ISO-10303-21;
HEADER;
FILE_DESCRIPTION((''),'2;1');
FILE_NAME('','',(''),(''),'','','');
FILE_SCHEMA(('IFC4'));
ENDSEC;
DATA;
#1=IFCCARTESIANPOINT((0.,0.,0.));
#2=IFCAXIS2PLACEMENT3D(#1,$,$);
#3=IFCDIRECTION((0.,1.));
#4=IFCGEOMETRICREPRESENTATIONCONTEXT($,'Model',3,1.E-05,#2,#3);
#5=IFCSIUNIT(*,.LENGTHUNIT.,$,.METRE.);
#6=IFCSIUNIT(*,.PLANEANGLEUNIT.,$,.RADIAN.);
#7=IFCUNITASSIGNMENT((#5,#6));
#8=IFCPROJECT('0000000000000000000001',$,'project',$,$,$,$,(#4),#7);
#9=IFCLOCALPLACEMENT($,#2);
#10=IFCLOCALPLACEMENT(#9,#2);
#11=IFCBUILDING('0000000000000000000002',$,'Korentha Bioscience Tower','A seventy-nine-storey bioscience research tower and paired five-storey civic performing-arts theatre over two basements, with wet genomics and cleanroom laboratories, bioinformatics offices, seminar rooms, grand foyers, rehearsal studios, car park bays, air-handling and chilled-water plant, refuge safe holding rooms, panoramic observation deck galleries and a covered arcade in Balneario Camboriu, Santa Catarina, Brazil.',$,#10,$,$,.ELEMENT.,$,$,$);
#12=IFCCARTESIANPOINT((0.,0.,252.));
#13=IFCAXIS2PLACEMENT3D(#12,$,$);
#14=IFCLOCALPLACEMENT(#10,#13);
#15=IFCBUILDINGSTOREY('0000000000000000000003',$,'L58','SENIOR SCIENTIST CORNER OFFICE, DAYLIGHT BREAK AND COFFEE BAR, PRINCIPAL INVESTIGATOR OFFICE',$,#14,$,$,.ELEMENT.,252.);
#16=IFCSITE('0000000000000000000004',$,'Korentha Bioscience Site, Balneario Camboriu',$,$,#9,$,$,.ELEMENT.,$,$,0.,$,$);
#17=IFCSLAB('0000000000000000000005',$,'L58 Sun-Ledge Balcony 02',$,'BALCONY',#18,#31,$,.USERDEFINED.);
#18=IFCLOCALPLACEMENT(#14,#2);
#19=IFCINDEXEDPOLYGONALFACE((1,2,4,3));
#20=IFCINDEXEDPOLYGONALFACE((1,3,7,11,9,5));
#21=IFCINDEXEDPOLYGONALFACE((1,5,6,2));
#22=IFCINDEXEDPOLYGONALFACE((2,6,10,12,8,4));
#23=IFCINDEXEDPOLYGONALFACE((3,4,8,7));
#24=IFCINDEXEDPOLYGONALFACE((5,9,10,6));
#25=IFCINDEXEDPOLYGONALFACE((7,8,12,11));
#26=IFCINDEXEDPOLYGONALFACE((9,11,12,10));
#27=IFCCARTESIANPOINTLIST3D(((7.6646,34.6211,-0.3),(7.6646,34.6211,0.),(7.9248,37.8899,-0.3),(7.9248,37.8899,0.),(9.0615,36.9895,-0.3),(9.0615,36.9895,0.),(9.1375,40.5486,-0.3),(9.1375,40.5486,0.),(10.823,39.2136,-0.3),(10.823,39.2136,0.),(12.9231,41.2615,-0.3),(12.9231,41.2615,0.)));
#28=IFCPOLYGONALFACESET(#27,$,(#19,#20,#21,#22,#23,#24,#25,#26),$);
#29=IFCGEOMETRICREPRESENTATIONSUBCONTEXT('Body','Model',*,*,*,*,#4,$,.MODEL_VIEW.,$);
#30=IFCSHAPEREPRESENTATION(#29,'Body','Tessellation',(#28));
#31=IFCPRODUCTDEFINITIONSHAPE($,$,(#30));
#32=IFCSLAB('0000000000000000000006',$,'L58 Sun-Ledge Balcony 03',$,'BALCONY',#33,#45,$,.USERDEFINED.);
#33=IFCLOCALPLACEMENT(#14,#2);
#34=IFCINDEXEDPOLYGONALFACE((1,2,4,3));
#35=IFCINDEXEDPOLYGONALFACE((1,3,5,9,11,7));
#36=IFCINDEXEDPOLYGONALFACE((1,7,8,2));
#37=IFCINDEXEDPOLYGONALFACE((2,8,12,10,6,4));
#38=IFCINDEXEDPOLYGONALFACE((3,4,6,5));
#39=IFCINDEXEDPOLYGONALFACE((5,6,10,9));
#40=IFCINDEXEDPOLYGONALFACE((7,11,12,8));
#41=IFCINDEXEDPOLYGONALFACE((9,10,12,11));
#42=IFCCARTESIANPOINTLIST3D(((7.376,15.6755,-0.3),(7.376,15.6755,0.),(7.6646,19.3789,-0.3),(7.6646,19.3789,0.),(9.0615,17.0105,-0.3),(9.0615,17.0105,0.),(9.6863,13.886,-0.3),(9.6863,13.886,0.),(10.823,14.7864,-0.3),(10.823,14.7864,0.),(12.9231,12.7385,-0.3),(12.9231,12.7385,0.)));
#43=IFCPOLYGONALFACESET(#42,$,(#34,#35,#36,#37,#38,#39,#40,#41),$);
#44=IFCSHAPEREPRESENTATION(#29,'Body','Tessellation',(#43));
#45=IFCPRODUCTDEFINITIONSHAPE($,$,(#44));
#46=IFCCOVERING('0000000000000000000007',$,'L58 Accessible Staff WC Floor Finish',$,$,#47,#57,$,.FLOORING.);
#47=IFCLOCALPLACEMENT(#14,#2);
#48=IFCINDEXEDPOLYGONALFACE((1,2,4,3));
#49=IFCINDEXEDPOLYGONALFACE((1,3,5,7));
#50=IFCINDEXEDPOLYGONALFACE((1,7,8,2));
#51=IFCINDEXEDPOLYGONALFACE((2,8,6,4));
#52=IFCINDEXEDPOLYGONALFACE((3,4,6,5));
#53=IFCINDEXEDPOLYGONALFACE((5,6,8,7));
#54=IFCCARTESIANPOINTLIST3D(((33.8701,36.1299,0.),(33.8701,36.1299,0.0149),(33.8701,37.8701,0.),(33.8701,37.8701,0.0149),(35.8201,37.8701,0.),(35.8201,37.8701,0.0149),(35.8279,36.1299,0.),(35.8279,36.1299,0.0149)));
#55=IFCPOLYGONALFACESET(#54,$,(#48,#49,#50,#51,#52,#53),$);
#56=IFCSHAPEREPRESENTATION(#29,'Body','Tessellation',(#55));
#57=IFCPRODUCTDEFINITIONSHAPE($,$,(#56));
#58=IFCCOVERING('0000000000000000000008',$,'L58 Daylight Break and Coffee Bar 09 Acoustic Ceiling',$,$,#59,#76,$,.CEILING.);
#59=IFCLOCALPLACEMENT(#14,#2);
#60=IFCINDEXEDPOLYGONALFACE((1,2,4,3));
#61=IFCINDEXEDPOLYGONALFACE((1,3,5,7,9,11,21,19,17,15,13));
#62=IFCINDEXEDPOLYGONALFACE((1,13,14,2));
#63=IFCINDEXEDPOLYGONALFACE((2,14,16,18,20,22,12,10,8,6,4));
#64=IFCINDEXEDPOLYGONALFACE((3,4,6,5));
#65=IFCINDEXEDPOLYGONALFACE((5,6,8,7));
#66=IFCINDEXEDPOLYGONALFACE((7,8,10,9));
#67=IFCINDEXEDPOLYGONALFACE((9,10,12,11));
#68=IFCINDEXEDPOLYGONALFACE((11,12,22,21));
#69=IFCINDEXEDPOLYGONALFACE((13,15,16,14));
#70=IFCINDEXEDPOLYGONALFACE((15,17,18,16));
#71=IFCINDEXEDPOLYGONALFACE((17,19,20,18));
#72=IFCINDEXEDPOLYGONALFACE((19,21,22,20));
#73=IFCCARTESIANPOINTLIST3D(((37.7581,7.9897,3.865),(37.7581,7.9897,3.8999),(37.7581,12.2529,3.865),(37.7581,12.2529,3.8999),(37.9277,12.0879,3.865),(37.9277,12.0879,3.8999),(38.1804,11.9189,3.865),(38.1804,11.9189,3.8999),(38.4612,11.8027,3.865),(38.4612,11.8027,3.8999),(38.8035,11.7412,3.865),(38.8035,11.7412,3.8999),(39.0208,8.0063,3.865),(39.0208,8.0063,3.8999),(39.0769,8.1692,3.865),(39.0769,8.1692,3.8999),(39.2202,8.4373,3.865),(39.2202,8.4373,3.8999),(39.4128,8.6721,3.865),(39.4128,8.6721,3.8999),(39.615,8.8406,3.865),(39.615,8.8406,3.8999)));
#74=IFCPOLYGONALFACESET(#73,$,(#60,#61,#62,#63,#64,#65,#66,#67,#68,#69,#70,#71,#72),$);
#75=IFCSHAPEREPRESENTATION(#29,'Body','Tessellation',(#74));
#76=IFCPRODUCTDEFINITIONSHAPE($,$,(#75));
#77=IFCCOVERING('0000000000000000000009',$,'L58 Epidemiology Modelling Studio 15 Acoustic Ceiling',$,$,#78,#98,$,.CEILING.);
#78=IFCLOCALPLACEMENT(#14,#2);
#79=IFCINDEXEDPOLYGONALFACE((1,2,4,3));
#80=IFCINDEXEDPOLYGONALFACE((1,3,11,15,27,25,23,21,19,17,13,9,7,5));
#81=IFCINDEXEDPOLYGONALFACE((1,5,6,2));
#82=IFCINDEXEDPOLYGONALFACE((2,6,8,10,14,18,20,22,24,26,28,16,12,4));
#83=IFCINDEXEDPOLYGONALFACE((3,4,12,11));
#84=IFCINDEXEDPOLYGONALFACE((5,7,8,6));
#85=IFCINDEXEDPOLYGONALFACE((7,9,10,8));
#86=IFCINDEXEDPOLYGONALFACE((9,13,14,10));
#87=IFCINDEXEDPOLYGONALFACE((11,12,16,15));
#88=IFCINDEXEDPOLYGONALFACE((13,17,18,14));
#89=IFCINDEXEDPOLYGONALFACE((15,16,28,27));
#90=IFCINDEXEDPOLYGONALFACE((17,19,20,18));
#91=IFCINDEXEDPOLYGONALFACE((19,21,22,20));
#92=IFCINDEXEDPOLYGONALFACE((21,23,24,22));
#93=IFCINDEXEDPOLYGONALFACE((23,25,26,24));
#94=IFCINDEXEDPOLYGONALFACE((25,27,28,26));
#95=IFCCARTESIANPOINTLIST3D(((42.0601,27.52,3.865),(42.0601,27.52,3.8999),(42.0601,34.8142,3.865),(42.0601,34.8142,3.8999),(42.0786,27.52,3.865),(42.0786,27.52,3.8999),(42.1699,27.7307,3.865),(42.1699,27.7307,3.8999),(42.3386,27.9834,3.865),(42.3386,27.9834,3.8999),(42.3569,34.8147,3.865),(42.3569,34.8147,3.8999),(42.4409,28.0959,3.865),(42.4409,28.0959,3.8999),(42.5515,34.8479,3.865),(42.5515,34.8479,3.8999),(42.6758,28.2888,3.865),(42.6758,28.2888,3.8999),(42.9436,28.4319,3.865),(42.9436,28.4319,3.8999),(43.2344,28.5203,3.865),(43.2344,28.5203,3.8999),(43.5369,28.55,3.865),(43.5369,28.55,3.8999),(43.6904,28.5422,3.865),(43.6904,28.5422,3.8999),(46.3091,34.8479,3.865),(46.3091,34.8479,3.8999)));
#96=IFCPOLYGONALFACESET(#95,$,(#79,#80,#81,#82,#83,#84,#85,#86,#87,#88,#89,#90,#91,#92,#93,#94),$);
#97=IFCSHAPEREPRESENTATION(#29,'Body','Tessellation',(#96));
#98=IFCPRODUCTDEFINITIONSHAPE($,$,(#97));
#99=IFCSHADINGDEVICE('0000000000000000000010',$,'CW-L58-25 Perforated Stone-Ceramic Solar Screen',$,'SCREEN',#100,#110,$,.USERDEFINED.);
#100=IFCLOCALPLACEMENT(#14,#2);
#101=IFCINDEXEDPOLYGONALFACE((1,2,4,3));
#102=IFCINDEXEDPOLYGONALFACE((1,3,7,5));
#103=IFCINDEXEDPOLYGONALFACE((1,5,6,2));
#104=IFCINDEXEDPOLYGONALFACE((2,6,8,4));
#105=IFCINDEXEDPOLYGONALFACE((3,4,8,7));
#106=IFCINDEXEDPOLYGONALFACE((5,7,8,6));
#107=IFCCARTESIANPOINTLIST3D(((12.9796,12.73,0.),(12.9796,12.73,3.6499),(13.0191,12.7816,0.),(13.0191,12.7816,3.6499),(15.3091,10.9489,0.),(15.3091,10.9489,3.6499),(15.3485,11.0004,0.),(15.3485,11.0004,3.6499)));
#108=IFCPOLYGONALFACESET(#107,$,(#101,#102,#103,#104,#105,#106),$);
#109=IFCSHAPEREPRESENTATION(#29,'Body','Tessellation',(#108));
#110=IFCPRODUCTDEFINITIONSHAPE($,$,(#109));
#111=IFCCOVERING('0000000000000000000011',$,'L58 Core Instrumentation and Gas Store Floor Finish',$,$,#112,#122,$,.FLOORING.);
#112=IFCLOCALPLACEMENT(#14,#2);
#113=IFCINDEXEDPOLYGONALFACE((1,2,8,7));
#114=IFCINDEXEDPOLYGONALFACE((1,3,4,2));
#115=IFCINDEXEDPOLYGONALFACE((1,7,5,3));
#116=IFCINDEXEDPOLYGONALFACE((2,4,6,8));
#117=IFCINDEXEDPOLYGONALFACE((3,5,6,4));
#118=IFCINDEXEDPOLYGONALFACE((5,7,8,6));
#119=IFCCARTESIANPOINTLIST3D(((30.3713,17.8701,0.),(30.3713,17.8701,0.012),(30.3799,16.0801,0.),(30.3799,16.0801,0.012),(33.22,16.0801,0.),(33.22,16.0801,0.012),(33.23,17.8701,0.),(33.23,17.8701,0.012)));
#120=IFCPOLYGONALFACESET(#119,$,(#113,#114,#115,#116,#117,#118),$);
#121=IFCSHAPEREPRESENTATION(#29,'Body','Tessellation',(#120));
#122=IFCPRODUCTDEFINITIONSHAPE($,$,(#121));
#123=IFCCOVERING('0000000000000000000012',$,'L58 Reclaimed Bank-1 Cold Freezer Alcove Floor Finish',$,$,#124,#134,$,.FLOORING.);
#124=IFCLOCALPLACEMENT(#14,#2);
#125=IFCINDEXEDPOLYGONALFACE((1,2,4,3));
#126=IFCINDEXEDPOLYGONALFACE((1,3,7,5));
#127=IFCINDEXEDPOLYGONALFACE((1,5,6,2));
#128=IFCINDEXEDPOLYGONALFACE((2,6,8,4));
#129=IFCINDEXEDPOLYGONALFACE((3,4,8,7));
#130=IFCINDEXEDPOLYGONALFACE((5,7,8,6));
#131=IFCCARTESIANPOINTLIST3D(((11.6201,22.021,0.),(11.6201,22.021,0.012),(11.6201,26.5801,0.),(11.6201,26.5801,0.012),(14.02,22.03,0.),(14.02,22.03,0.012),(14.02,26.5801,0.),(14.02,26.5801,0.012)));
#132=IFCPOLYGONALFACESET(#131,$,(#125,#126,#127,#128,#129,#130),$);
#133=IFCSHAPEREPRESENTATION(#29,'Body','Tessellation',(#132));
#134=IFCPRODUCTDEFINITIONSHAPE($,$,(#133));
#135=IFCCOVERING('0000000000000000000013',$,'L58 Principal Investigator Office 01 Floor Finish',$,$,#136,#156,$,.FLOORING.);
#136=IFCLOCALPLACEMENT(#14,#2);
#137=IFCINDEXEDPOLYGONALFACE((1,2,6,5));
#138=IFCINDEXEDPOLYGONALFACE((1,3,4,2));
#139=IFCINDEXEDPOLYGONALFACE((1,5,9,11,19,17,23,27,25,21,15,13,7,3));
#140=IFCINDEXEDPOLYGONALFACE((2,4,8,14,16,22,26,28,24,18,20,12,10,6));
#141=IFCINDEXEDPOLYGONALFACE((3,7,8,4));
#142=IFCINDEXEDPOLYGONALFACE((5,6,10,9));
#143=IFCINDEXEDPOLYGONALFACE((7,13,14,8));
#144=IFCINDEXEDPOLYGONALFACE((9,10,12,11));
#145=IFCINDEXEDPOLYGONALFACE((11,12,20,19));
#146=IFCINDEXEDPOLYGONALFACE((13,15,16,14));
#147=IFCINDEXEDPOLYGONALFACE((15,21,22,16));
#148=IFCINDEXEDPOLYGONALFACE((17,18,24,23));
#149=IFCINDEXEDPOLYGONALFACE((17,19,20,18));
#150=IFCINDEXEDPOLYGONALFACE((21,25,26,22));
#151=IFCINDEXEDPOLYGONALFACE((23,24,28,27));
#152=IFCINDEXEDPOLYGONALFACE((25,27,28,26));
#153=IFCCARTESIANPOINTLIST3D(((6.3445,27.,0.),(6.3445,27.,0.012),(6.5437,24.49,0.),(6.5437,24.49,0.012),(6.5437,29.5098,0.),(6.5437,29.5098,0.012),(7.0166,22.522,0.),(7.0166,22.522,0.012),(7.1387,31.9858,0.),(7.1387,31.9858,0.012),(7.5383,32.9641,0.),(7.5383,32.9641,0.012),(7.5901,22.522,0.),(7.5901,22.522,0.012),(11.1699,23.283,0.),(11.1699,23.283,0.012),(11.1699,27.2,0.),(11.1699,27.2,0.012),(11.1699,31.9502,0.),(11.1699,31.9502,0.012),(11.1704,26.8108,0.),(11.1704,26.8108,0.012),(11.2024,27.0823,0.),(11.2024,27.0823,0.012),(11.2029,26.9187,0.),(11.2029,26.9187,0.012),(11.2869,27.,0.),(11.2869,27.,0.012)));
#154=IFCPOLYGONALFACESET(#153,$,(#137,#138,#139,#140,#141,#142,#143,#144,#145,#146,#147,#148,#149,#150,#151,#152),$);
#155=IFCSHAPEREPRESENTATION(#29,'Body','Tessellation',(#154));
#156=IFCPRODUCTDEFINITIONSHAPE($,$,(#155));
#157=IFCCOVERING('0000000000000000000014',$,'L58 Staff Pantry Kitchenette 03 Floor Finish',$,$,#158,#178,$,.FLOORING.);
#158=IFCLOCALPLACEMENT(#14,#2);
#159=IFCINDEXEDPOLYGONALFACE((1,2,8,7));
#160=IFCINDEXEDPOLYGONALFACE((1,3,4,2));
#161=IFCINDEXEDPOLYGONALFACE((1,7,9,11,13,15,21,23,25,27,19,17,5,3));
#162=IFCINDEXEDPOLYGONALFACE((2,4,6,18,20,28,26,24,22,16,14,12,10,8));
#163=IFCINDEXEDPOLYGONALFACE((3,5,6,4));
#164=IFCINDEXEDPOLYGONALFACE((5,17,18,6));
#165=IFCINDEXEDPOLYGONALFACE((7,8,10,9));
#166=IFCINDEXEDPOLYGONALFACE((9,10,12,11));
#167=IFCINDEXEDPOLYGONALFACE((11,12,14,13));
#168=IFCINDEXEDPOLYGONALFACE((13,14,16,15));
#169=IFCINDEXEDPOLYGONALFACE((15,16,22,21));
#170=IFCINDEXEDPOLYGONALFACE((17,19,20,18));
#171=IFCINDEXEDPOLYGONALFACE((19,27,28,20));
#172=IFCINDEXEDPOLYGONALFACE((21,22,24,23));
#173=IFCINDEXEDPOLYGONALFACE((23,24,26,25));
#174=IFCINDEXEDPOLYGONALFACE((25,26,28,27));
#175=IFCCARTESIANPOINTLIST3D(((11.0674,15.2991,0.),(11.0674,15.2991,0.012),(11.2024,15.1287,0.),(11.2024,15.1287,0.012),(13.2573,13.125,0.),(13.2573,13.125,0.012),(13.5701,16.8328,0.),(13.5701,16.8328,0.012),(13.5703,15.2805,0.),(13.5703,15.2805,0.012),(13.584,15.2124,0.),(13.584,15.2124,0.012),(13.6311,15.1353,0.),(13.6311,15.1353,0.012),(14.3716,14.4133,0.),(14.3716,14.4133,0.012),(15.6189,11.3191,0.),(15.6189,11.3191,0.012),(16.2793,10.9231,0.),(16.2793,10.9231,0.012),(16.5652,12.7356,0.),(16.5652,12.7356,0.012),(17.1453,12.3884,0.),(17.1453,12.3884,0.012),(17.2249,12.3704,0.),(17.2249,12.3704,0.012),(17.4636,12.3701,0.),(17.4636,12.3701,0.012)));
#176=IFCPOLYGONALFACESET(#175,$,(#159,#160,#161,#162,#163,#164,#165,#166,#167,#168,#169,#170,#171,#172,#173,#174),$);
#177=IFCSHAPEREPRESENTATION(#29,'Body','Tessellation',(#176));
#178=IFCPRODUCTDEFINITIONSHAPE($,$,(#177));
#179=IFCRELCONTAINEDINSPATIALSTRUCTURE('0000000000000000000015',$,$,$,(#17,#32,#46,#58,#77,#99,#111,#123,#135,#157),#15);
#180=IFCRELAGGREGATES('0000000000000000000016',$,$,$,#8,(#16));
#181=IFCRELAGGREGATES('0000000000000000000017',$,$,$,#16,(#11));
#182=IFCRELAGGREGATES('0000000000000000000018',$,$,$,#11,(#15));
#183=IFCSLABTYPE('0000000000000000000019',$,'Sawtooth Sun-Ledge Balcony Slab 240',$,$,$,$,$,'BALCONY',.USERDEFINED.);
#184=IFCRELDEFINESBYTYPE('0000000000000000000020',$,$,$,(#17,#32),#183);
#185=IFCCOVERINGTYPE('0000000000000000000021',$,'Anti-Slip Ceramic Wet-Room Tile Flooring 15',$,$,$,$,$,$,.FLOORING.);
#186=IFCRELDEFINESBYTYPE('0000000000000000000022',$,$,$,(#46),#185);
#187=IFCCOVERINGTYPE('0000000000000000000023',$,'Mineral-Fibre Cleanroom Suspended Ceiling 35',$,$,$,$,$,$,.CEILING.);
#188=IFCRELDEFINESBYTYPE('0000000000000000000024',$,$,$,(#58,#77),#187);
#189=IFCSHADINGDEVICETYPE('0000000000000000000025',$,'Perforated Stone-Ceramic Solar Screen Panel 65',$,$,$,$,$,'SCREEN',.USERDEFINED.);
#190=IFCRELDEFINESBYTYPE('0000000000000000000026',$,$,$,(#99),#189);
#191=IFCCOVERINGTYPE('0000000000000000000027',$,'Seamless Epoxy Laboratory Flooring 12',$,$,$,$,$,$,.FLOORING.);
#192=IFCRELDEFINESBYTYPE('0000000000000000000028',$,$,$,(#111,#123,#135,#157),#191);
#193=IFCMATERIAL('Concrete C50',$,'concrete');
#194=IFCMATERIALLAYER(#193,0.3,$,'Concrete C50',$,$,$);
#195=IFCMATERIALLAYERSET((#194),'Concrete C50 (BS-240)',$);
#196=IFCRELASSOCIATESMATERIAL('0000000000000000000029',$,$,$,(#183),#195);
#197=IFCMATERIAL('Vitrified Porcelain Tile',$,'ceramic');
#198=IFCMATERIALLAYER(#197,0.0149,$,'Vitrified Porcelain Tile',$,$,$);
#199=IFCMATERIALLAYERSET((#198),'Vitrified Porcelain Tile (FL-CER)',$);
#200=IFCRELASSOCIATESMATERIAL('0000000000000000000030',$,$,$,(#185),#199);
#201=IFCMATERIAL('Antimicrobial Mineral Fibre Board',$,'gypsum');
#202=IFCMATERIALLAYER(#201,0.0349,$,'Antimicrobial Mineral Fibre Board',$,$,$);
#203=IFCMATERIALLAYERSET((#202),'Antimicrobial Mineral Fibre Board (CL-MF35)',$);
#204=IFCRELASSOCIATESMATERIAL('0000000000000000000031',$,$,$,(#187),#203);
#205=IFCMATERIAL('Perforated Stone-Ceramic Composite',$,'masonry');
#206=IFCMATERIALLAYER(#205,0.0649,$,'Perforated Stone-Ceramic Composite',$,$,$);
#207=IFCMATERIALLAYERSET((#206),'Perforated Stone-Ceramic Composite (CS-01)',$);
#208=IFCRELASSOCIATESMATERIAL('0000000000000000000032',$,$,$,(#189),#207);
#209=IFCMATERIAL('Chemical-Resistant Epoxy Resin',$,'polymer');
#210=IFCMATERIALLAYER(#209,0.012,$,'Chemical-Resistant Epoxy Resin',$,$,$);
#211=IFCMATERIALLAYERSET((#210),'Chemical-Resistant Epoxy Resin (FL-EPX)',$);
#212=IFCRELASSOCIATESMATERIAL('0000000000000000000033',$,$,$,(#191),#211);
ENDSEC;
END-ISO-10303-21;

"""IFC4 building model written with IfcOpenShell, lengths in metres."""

from ifc_helpers import new_model, si_unit, direction, frame, origin, origin_2d, place, context, subcontext, project, spatial, polyline, rectangle, outline, extrude, material, layer, layer_set, type_object, element, save


model = new_model("IFC4")

# Units and contexts
model_context = context("Model", 3, precision=1e-05, world=origin(), true_north=direction((0.0, 1.0)))
body_context = subcontext(model_context, "Body", "Model", "MODEL_VIEW")
ifc_project = project(units=[si_unit("LENGTHUNIT", "METRE"), si_unit("PLANEANGLEUNIT", "RADIAN")], contexts=[model_context])

# Site, building, storey
site_placement = place(None, origin())
site = spatial("IfcSite", under=ifc_project, at=site_placement, Name="Korentha Bioscience Site, Balneario Camboriu", CompositionType="ELEMENT", RefElevation=0.0)
building_placement = place(site_placement, origin())
building = spatial("IfcBuilding", under=site, at=building_placement, Name="Korentha Bioscience Tower", Description="A seventy-nine-storey bioscience research tower and paired five-storey civic performing-arts theatre over two basements, with wet genomics and cleanroom laboratories, bioinformatics offices, seminar rooms, grand foyers, rehearsal studios, car park bays, air-handling and chilled-water plant, refuge safe holding rooms, panoramic observation deck galleries and a covered arcade in Balneario Camboriu, Santa Catarina, Brazil.", CompositionType="ELEMENT")
storey_placement = place(building_placement, frame((0.0, 0.0, 252.0)))
storey = spatial("IfcBuildingStorey", under=building, at=storey_placement, Name="L58", Description="SENIOR SCIENTIST CORNER OFFICE, DAYLIGHT BREAK AND COFFEE BAR, PRINCIPAL INVESTIGATOR OFFICE", CompositionType="ELEMENT", Elevation=252.0)

# Shared definitions
ifc_material_1 = material(Name="Concrete C50", Category="concrete")

# Slabs
ifc_layer_1 = layer(ifc_material_1, 0.3, Name="Concrete C50")
ifc_layer_set_1 = layer_set([ifc_layer_1], Name="Concrete C50 (BS-240)")
slab_type_1 = type_object("IfcSlabType", Name="Sawtooth Sun-Ledge Balcony Slab 240", ElementType="BALCONY", PredefinedType="USERDEFINED", material=ifc_layer_set_1)
slab_1_placement = place(storey_placement, frame((0.0, 0.0, -0.3)))
element("IfcSlab", 1, at=slab_1_placement, inside=storey, type_object=slab_type_1, Name="L58 Sun-Ledge Balcony 02", ObjectType="BALCONY", PredefinedType="USERDEFINED", context=body_context, shape_type="SweptSolid", body=[
    extrude(outline(polyline([(7.6646, 34.6211), (9.0615, 36.9895), (10.823, 39.2136), (12.9231, 41.2615), (9.1375, 40.5486), (7.9248, 37.8899), (7.6646, 34.6211)])), origin(), (0.0, 0.0, 1.0), 0.3),
])
slab_2_placement = place(storey_placement, frame((0.0, 0.0, -0.3)))
element("IfcSlab", 2, at=slab_2_placement, inside=storey, type_object=slab_type_1, Name="L58 Sun-Ledge Balcony 03", ObjectType="BALCONY", PredefinedType="USERDEFINED", context=body_context, shape_type="SweptSolid", body=[
    extrude(outline(polyline([(12.9231, 12.7385), (10.823, 14.7864), (9.0615, 17.0105), (7.6646, 19.3789), (7.376, 15.6755), (9.6863, 13.886), (12.9231, 12.7385)])), origin(), (0.0, 0.0, 1.0), 0.3),
])

# Coverings
ifc_material_2 = material(Name="Vitrified Porcelain Tile", Category="ceramic")
ifc_layer_2 = layer(ifc_material_2, 0.0149, Name="Vitrified Porcelain Tile")
ifc_layer_set_2 = layer_set([ifc_layer_2], Name="Vitrified Porcelain Tile (FL-CER)")
covering_type_1 = type_object("IfcCoveringType", Name="Anti-Slip Ceramic Wet-Room Tile Flooring 15", PredefinedType="FLOORING", material=ifc_layer_set_2)
covering_1_placement = place(storey_placement, origin())
element("IfcCovering", 3, at=covering_1_placement, inside=storey, type_object=covering_type_1, Name="L58 Accessible Staff WC Floor Finish", PredefinedType="FLOORING", context=body_context, shape_type="SweptSolid", body=[
    extrude(outline(polyline([(33.8701, 36.1299), (33.8701, 37.8701), (35.8201, 37.8701), (35.8279, 36.1299), (33.8701, 36.1299)])), origin(), (0.0, 0.0, 1.0), 0.0149),
])
ifc_material_3 = material(Name="Antimicrobial Mineral Fibre Board", Category="gypsum")
ifc_layer_3 = layer(ifc_material_3, 0.0349, Name="Antimicrobial Mineral Fibre Board")
ifc_layer_set_3 = layer_set([ifc_layer_3], Name="Antimicrobial Mineral Fibre Board (CL-MF35)")
covering_type_2 = type_object("IfcCoveringType", Name="Mineral-Fibre Cleanroom Suspended Ceiling 35", PredefinedType="CEILING", material=ifc_layer_set_3)
covering_2_placement = place(storey_placement, frame((0.0, 0.0, 3.865)))
element("IfcCovering", 4, at=covering_2_placement, inside=storey, type_object=covering_type_2, Name="L58 Daylight Break and Coffee Bar 09 Acoustic Ceiling", PredefinedType="CEILING", context=body_context, shape_type="SweptSolid", body=[
    extrude(outline(polyline([(39.615, 8.8406), (39.4128, 8.6721), (39.2202, 8.4373), (39.0769, 8.1692), (39.0208, 8.0063), (37.7581, 7.9897), (37.7581, 12.2529), (37.9277, 12.0879), (38.1804, 11.9189), (38.4612, 11.8027), (38.8035, 11.7412), (39.615, 8.8406)])), origin(), (0.0, 0.0, 1.0), 0.0349),
])
covering_3_placement = place(storey_placement, frame((0.0, 0.0, 3.865)))
element("IfcCovering", 5, at=covering_3_placement, inside=storey, type_object=covering_type_2, Name="L58 Epidemiology Modelling Studio 15 Acoustic Ceiling", PredefinedType="CEILING", context=body_context, shape_type="SweptSolid", body=[
    extrude(outline(polyline([(42.5515, 34.8479), (46.3091, 34.8479), (43.6904, 28.5422), (43.5369, 28.55), (43.2344, 28.5203), (42.9436, 28.4319), (42.6758, 28.2888), (42.4409, 28.0959), (42.3386, 27.9834), (42.1699, 27.7307), (42.0786, 27.52), (42.0601, 27.52), (42.0601, 34.8142), (42.3569, 34.8147), (42.5515, 34.8479)])), origin(), (0.0, 0.0, 1.0), 0.0349),
])

# Shading device
ifc_material_4 = material(Name="Perforated Stone-Ceramic Composite", Category="masonry")
ifc_layer_4 = layer(ifc_material_4, 0.0649, Name="Perforated Stone-Ceramic Composite")
ifc_layer_set_4 = layer_set([ifc_layer_4], Name="Perforated Stone-Ceramic Composite (CS-01)")
shading_device_type_1 = type_object("IfcShadingDeviceType", Name="Perforated Stone-Ceramic Solar Screen Panel 65", ElementType="SCREEN", PredefinedType="USERDEFINED", material=ifc_layer_set_4)
shading_device_1_placement = place(storey_placement, frame((14.1641, 11.8652, 0.0), z_axis=(0.0, 0.0, 1.0), x_axis=(0.794382, -0.607418, 0.0)))
element("IfcShadingDevice", 6, at=shading_device_1_placement, inside=storey, type_object=shading_device_type_1, Name="CW-L58-25 Perforated Stone-Ceramic Solar Screen", ObjectType="SCREEN", PredefinedType="USERDEFINED", context=body_context, shape_type="SweptSolid", body=[
    extrude(rectangle(XDim=2.9324, YDim=0.0649, at=origin_2d()), origin(), (0.0, 0.0, 1.0), 3.6499),
])

# Coverings
ifc_material_5 = material(Name="Chemical-Resistant Epoxy Resin", Category="polymer")
ifc_layer_5 = layer(ifc_material_5, 0.012, Name="Chemical-Resistant Epoxy Resin")
ifc_layer_set_5 = layer_set([ifc_layer_5], Name="Chemical-Resistant Epoxy Resin (FL-EPX)")
covering_type_3 = type_object("IfcCoveringType", Name="Seamless Epoxy Laboratory Flooring 12", PredefinedType="FLOORING", material=ifc_layer_set_5)
covering_4_placement = place(storey_placement, origin())
element("IfcCovering", 7, at=covering_4_placement, inside=storey, type_object=covering_type_3, Name="L58 Core Instrumentation and Gas Store Floor Finish", PredefinedType="FLOORING", context=body_context, shape_type="SweptSolid", body=[
    extrude(outline(polyline([(33.23, 17.8701), (33.22, 16.0801), (30.3799, 16.0801), (30.3713, 17.8701), (33.23, 17.8701)])), origin(), (0.0, 0.0, 1.0), 0.012),
])
covering_5_placement = place(storey_placement, origin())
element("IfcCovering", 8, at=covering_5_placement, inside=storey, type_object=covering_type_3, Name="L58 Reclaimed Bank-1 Cold Freezer Alcove Floor Finish", PredefinedType="FLOORING", context=body_context, shape_type="SweptSolid", body=[
    extrude(outline(polyline([(14.02, 22.03), (11.6201, 22.021), (11.6201, 26.5801), (14.02, 26.5801), (14.02, 22.03)])), origin(), (0.0, 0.0, 1.0), 0.012),
])
covering_6_placement = place(storey_placement, origin())
element("IfcCovering", 9, at=covering_6_placement, inside=storey, type_object=covering_type_3, Name="L58 Principal Investigator Office 01 Floor Finish", PredefinedType="FLOORING", context=body_context, shape_type="SweptSolid", body=[
    extrude(outline(polyline([(6.5437, 24.49), (6.3445, 27.0), (6.5437, 29.5098), (7.1387, 31.9858), (7.5383, 32.9641), (11.1699, 31.9502), (11.1699, 27.2), (11.2024, 27.0823), (11.2869, 27.0), (11.2029, 26.9187), (11.1704, 26.8108), (11.1699, 23.283), (7.5901, 22.522), (7.0166, 22.522), (6.5437, 24.49)])), origin(), (0.0, 0.0, 1.0), 0.012),
])
covering_7_placement = place(storey_placement, origin())
element("IfcCovering", 10, at=covering_7_placement, inside=storey, type_object=covering_type_3, Name="L58 Staff Pantry Kitchenette 03 Floor Finish", PredefinedType="FLOORING", context=body_context, shape_type="SweptSolid", body=[
    extrude(outline(polyline([(11.2024, 15.1287), (11.0674, 15.2991), (13.5701, 16.8328), (13.5703, 15.2805), (13.584, 15.2124), (13.6311, 15.1353), (14.3716, 14.4133), (16.5652, 12.7356), (17.1453, 12.3884), (17.2249, 12.3704), (17.4636, 12.3701), (16.2793, 10.9231), (15.6189, 11.3191), (13.2573, 13.125), (11.2024, 15.1287)])), origin(), (0.0, 0.0, 1.0), 0.012),
])

save(model, "model.ifc")
